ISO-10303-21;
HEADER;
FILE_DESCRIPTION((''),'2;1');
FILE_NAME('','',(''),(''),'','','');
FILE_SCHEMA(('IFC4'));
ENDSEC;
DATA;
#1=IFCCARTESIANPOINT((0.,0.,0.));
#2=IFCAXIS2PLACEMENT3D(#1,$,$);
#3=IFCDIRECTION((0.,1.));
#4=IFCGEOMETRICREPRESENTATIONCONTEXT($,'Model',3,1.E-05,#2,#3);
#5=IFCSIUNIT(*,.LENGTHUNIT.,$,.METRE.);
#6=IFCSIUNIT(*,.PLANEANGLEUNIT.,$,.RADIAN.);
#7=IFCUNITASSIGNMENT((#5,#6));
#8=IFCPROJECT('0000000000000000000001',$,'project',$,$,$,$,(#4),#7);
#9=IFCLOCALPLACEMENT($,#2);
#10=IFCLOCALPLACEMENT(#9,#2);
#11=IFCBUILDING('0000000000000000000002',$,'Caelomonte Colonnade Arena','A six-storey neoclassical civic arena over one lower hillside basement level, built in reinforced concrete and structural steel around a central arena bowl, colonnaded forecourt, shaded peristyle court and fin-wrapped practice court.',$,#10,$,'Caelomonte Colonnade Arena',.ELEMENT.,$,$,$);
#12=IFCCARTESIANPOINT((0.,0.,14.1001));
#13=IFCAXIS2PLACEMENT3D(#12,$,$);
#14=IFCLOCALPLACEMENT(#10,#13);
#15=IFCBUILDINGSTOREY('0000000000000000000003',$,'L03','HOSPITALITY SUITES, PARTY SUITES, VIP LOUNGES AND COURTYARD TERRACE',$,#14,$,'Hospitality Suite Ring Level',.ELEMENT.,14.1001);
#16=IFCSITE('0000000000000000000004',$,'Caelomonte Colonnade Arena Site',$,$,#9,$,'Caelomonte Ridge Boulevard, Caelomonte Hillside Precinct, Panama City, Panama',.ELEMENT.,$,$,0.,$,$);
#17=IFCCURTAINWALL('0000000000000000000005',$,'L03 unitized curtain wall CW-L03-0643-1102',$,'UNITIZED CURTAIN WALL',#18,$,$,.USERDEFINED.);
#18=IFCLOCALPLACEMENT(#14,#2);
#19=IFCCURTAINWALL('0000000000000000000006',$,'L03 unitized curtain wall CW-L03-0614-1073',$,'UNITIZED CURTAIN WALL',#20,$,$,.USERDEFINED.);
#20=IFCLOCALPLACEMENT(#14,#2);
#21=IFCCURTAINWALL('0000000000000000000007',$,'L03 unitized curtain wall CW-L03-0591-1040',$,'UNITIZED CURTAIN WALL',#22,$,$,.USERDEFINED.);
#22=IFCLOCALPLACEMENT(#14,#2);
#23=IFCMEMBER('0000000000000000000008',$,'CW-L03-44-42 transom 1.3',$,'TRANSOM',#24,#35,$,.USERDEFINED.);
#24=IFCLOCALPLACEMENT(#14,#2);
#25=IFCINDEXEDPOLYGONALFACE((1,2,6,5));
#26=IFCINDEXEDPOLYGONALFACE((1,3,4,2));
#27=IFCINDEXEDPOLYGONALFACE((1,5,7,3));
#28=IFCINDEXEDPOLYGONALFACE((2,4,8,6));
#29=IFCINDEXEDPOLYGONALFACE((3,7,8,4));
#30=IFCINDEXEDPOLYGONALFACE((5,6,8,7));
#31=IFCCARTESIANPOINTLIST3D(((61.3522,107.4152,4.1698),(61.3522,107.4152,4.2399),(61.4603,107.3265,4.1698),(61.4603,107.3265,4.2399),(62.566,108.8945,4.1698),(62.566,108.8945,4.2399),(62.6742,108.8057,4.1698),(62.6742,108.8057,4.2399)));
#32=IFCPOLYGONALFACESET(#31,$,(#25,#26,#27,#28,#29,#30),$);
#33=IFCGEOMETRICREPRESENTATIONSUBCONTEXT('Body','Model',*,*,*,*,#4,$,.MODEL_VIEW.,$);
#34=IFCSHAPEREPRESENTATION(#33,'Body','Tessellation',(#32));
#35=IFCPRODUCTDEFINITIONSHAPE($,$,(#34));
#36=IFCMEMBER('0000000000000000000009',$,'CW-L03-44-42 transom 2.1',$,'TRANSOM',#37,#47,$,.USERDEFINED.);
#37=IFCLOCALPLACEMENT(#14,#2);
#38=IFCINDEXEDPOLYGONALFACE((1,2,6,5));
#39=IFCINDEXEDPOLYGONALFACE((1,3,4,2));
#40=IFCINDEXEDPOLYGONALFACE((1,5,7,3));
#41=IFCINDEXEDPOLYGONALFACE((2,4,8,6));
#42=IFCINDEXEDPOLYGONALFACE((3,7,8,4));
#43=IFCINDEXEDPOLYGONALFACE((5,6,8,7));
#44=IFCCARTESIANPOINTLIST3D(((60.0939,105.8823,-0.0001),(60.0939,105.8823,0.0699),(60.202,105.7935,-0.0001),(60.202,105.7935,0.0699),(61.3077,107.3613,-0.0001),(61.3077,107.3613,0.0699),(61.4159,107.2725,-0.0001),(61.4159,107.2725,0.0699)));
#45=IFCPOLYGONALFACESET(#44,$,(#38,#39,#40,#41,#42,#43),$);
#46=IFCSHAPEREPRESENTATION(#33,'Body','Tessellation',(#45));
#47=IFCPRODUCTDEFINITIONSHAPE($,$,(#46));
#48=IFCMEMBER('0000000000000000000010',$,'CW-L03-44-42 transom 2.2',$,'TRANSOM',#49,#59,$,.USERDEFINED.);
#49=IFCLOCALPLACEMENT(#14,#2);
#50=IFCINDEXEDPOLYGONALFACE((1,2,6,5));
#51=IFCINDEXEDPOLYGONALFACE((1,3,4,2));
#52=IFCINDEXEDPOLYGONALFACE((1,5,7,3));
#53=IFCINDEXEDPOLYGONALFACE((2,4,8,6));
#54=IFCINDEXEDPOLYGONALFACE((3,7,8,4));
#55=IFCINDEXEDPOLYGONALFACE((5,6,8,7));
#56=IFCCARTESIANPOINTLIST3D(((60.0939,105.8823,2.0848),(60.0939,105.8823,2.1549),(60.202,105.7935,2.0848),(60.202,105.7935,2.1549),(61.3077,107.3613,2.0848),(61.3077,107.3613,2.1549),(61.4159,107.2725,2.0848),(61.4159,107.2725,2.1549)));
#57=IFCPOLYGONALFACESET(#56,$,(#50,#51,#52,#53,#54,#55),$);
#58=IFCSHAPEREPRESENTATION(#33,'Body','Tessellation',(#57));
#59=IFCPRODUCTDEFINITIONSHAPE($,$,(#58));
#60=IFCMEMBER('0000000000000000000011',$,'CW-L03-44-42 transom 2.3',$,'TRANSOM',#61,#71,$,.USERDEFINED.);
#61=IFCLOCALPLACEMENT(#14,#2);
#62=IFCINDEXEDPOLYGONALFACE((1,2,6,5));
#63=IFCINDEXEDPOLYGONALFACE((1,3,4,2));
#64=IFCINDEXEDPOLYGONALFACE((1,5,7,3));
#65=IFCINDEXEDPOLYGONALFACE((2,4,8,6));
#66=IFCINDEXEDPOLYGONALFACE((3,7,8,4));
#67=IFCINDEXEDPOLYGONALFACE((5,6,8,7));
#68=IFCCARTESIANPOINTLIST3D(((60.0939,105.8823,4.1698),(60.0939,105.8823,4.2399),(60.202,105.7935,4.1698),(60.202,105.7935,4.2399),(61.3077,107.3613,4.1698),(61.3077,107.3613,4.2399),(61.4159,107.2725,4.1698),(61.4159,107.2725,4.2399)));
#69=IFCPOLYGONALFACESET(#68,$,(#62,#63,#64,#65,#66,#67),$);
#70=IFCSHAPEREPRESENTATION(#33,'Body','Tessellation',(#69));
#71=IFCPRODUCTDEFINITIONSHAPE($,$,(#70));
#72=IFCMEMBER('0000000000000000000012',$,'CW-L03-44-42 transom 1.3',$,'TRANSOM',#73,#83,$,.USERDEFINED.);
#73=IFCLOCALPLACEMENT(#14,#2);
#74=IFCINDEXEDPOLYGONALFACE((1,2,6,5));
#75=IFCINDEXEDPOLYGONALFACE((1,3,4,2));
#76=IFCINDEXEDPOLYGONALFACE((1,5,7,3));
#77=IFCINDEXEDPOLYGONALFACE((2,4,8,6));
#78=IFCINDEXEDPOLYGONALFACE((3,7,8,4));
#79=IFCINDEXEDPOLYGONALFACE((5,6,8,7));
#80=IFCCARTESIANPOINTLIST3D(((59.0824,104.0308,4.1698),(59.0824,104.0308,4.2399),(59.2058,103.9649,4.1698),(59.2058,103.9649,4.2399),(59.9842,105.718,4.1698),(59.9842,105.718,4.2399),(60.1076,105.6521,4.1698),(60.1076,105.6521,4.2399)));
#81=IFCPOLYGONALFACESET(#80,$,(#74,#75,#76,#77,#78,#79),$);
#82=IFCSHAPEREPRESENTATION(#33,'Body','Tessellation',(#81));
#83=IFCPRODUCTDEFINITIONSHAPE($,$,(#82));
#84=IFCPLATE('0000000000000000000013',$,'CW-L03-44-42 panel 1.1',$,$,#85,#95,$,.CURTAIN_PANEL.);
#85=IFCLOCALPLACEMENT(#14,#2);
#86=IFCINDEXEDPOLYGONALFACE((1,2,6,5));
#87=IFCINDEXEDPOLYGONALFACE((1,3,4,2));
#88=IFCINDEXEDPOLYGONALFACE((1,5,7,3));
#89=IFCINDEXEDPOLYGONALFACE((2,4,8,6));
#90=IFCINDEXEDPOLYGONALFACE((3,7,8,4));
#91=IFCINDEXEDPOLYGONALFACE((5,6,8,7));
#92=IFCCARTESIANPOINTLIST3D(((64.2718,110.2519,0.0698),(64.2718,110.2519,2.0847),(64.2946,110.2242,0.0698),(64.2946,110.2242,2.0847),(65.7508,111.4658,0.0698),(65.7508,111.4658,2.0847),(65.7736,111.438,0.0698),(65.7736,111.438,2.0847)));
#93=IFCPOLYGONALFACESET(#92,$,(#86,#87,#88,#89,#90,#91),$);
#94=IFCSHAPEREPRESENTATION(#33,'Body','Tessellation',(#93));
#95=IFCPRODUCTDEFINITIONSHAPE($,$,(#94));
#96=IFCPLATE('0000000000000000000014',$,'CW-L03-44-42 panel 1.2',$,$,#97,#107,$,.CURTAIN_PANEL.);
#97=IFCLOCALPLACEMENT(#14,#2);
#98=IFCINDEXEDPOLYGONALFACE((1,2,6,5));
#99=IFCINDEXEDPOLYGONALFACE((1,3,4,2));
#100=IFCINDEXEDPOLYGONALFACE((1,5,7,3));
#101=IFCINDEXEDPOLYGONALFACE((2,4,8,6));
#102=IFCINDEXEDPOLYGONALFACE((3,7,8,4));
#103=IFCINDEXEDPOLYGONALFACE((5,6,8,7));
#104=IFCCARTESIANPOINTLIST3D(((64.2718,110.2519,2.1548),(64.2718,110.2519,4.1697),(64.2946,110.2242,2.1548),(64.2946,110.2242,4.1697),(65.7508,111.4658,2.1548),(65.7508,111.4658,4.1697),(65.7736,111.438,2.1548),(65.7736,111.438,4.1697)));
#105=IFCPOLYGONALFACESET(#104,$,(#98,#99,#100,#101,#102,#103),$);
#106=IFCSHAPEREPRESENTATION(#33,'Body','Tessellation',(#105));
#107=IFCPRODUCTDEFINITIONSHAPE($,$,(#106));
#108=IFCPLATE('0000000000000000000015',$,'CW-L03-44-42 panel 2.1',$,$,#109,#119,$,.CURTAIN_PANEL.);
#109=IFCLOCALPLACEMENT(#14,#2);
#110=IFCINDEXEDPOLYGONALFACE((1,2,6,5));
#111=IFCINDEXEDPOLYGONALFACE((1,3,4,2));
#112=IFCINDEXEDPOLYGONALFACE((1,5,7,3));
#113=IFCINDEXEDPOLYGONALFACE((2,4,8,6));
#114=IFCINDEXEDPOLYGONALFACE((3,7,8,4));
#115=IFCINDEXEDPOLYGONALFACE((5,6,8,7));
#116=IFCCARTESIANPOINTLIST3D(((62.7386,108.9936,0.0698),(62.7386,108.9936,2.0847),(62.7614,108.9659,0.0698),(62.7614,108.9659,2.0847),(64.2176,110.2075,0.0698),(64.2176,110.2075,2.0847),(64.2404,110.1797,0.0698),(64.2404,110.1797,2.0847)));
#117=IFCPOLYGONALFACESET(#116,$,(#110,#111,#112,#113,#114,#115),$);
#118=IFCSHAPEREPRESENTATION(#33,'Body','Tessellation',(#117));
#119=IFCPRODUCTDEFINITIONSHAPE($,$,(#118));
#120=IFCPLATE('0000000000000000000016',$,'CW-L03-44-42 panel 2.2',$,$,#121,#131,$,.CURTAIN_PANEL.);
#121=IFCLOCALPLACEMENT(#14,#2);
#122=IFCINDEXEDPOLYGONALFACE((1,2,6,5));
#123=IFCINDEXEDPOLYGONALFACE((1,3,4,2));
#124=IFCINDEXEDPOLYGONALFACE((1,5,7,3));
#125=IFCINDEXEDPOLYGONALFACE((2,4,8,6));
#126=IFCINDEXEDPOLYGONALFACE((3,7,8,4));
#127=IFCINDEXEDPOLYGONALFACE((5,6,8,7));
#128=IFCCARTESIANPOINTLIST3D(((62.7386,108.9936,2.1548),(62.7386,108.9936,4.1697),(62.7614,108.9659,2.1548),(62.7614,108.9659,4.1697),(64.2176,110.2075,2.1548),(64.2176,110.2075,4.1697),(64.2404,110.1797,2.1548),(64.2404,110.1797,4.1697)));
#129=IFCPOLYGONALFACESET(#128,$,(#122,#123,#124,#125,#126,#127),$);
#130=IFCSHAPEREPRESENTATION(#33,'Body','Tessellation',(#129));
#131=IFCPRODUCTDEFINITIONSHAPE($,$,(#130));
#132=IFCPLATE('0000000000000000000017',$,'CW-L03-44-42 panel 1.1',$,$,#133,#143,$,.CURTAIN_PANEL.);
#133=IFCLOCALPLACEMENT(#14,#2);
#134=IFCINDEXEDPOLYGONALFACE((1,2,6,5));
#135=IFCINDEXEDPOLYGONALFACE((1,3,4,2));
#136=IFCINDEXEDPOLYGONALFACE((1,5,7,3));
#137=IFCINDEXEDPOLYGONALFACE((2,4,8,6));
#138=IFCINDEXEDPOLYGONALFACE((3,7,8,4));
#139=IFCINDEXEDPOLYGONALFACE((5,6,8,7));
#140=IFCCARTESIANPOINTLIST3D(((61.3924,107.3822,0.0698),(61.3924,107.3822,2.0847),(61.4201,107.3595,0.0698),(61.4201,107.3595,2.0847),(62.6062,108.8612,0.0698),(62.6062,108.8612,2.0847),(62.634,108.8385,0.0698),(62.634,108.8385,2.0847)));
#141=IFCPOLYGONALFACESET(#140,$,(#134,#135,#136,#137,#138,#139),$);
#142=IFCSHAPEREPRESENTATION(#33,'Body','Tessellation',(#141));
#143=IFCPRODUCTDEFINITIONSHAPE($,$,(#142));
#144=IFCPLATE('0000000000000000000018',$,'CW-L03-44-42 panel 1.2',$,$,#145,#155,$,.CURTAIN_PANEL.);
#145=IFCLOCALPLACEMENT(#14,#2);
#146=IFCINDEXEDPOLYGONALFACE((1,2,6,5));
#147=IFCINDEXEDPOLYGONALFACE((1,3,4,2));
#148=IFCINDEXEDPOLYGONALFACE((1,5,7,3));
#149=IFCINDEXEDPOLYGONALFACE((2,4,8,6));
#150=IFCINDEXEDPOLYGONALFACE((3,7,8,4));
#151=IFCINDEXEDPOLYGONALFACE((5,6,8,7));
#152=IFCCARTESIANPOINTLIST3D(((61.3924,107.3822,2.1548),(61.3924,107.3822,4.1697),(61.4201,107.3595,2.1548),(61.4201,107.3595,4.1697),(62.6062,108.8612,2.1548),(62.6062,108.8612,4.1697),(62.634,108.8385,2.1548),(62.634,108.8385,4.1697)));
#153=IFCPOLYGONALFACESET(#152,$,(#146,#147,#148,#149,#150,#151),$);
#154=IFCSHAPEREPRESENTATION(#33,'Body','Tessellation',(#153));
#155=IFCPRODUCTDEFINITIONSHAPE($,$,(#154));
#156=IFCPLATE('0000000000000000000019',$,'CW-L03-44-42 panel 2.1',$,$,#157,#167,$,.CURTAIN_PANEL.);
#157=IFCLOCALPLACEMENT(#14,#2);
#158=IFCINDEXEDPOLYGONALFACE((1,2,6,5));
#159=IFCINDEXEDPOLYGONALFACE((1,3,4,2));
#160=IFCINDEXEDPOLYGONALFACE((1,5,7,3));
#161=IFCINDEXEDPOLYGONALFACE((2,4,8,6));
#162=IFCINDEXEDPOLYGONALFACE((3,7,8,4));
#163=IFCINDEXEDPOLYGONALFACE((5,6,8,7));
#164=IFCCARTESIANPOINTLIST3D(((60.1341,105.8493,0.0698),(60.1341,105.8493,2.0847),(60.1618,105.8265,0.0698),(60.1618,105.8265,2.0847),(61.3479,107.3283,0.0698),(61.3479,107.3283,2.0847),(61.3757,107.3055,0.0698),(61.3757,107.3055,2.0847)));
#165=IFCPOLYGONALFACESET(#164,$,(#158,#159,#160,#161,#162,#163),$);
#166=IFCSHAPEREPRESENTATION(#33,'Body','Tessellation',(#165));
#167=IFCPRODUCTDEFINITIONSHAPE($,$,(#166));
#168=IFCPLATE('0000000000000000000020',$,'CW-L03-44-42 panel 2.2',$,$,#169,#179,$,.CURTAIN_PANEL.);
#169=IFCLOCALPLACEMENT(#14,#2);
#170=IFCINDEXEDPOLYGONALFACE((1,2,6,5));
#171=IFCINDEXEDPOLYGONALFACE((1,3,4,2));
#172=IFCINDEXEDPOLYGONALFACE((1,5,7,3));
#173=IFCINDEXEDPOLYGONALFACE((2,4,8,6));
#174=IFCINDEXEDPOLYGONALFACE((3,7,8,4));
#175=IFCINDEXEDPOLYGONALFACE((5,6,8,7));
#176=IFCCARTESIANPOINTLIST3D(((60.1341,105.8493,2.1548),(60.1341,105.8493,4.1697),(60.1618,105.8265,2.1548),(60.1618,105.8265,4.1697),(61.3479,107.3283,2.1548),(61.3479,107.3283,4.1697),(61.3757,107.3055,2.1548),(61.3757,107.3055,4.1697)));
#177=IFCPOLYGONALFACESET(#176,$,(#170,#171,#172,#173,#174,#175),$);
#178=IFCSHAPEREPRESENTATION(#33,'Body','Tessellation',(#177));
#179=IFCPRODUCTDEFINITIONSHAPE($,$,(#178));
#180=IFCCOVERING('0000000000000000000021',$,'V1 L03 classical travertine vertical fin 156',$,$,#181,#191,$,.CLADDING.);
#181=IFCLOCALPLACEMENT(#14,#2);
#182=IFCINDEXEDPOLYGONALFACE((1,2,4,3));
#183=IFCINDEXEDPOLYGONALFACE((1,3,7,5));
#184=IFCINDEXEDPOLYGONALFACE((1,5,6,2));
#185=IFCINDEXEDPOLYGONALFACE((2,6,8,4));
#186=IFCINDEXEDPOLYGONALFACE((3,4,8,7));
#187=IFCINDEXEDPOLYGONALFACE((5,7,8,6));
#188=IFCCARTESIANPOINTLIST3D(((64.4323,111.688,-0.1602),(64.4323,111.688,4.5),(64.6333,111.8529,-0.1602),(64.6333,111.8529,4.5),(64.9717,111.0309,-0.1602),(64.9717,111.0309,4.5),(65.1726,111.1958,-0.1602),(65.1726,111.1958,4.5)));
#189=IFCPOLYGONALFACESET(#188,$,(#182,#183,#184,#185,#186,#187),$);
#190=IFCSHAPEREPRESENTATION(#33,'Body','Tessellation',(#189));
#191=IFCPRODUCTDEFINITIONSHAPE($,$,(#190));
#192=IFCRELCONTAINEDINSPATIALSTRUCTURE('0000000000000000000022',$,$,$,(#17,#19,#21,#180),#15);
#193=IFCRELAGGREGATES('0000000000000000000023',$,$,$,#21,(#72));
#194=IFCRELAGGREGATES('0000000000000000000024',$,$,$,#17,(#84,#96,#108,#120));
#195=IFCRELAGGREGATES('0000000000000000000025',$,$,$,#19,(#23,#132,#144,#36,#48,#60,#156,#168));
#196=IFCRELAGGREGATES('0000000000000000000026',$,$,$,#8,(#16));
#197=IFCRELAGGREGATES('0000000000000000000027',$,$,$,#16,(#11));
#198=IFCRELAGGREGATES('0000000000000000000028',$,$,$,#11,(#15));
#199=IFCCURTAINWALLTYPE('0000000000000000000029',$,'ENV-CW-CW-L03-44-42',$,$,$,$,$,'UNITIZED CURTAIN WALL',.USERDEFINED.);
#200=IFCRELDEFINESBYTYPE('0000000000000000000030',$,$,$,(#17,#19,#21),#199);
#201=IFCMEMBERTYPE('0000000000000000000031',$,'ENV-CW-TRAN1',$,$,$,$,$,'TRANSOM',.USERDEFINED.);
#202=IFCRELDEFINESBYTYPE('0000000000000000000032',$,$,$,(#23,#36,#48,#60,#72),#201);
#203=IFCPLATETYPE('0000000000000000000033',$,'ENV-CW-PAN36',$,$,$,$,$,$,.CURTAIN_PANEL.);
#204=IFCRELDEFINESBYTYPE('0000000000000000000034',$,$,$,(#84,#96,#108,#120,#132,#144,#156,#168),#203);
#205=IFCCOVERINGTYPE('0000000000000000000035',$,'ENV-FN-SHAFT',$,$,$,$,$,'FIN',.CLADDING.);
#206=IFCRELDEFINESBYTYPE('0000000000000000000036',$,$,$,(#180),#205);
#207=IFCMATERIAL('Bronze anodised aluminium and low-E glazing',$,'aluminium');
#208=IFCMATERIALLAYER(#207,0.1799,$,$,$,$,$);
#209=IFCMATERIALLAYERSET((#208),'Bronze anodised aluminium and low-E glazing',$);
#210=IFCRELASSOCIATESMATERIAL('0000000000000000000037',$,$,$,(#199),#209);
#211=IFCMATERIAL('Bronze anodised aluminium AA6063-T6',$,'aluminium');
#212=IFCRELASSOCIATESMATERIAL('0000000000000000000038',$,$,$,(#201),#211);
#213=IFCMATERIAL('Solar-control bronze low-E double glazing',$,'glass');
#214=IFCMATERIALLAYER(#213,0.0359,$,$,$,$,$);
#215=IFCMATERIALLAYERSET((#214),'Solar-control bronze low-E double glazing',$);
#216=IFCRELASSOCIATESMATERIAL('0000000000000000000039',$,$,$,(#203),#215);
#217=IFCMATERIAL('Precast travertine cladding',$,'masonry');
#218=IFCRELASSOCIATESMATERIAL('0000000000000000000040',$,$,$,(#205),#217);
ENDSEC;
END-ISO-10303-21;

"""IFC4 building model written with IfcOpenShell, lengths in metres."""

from ifc_helpers import new_model, si_unit, direction, frame, origin, origin_2d, place, context, subcontext, project, spatial, rectangle, extrude, material, layer, layer_set, material_profile, profile_set, type_object, element, aggregate, save


model = new_model("IFC4")

# Units and contexts
model_context = context("Model", 3, precision=1e-05, world=origin(), true_north=direction((0.0, 1.0)))
body_context = subcontext(model_context, "Body", "Model", "MODEL_VIEW")
ifc_project = project(units=[si_unit("LENGTHUNIT", "METRE"), si_unit("PLANEANGLEUNIT", "RADIAN")], contexts=[model_context])

# Site, building, storey
site_placement = place(None, origin())
site = spatial("IfcSite", under=ifc_project, at=site_placement, Name="Caelomonte Colonnade Arena Site", LongName="Caelomonte Ridge Boulevard, Caelomonte Hillside Precinct, Panama City, Panama", CompositionType="ELEMENT", RefElevation=0.0)
building_placement = place(site_placement, origin())
building = spatial("IfcBuilding", under=site, at=building_placement, Name="Caelomonte Colonnade Arena", Description="A six-storey neoclassical civic arena over one lower hillside basement level, built in reinforced concrete and structural steel around a central arena bowl, colonnaded forecourt, shaded peristyle court and fin-wrapped practice court.", LongName="Caelomonte Colonnade Arena", CompositionType="ELEMENT")
storey_placement = place(building_placement, frame((0.0, 0.0, 14.1001)))
storey = spatial("IfcBuildingStorey", under=building, at=storey_placement, Name="L03", Description="HOSPITALITY SUITES, PARTY SUITES, VIP LOUNGES AND COURTYARD TERRACE", LongName="Hospitality Suite Ring Level", CompositionType="ELEMENT", Elevation=14.1001)

# Curtain walls
ifc_material_1 = material(Name="Bronze anodised aluminium and low-E glazing", Category="aluminium")
ifc_layer_1 = layer(ifc_material_1, 0.1799)
ifc_layer_set_1 = layer_set([ifc_layer_1], Name="Bronze anodised aluminium and low-E glazing")
curtain_wall_type = type_object("IfcCurtainWallType", Name="ENV-CW-CW-L03-44-42", ElementType="UNITIZED CURTAIN WALL", PredefinedType="USERDEFINED", material=ifc_layer_set_1)
curtain_wall_1_placement = place(storey_placement, origin())
curtain_wall_1 = element("IfcCurtainWall", 1, at=curtain_wall_1_placement, inside=storey, type_object=curtain_wall_type, Name="L03 unitized curtain wall CW-L03-0643-1102", ObjectType="UNITIZED CURTAIN WALL", PredefinedType="USERDEFINED")
ifc_material_2 = material(Name="Bronze anodised aluminium AA6063-T6", Category="aluminium")
curtain_wall_2_placement = place(storey_placement, origin())
curtain_wall_2 = element("IfcCurtainWall", 2, at=curtain_wall_2_placement, inside=storey, type_object=curtain_wall_type, Name="L03 unitized curtain wall CW-L03-0614-1073", ObjectType="UNITIZED CURTAIN WALL", PredefinedType="USERDEFINED")

# Curtain wall
curtain_wall_3_placement = place(storey_placement, origin())
curtain_wall_3 = element("IfcCurtainWall", 3, at=curtain_wall_3_placement, inside=storey, type_object=curtain_wall_type, Name="L03 unitized curtain wall CW-L03-0591-1040", ObjectType="UNITIZED CURTAIN WALL", PredefinedType="USERDEFINED")

# Members
ifc_material_profile_1 = material_profile(ifc_material_2, rectangle(XDim=0.0701, YDim=0.1399, at=origin_2d()), Name="CWT-70X140")
ifc_profile_set_1 = profile_set([ifc_material_profile_1], Name="Bronze anodised aluminium AA6063-T6")
member_type_1 = type_object("IfcMemberType", Name="ENV-CW-TRAN1", ElementType="TRANSOM", PredefinedType="USERDEFINED", material=ifc_profile_set_1)
member_1_placement = place(storey_placement, frame((62.6201, 108.8501, 4.2048), z_axis=(-0.634356, -0.773041, 0.0), x_axis=(0.0, 0.0, 1.0)))
member_1 = element("IfcMember", 4, at=member_1_placement, type_object=member_type_1, Name="CW-L03-44-42 transom 1.3", ObjectType="TRANSOM", PredefinedType="USERDEFINED", context=body_context, shape_type="SweptSolid", body=[
    extrude(rectangle(XDim=0.0701, YDim=0.1399, at=origin_2d()), origin(), (0.0, 0.0, 1.0), 1.9136),
])
member_2_placement = place(storey_placement, frame((61.3618, 107.3169, 0.0349), z_axis=(-0.634418, -0.77299, 0.0), x_axis=(0.0, 0.0, 1.0)))
member_2 = element("IfcMember", 5, at=member_2_placement, type_object=member_type_1, Name="CW-L03-44-42 transom 2.1", ObjectType="TRANSOM", PredefinedType="USERDEFINED", context=body_context, shape_type="SweptSolid", body=[
    extrude(rectangle(XDim=0.0701, YDim=0.1399, at=origin_2d()), origin(), (0.0, 0.0, 1.0), 1.9133),
])
member_3_placement = place(storey_placement, frame((61.3618, 107.3169, 2.1199), z_axis=(-0.634418, -0.77299, 0.0), x_axis=(0.0, 0.0, 1.0)))
member_3 = element("IfcMember", 6, at=member_3_placement, type_object=member_type_1, Name="CW-L03-44-42 transom 2.2", ObjectType="TRANSOM", PredefinedType="USERDEFINED", context=body_context, shape_type="SweptSolid", body=[
    extrude(rectangle(XDim=0.0701, YDim=0.1399, at=origin_2d()), origin(), (0.0, 0.0, 1.0), 1.9133),
])
member_4_placement = place(storey_placement, frame((61.3618, 107.3169, 4.2048), z_axis=(-0.634418, -0.77299, 0.0), x_axis=(0.0, 0.0, 1.0)))
member_4 = element("IfcMember", 7, at=member_4_placement, type_object=member_type_1, Name="CW-L03-44-42 transom 2.3", ObjectType="TRANSOM", PredefinedType="USERDEFINED", context=body_context, shape_type="SweptSolid", body=[
    extrude(rectangle(XDim=0.0701, YDim=0.1399, at=origin_2d()), origin(), (0.0, 0.0, 1.0), 1.9133),
])
member_5_placement = place(storey_placement, frame((60.0459, 105.6851, 4.2048), z_axis=(-0.471396, -0.881922, 0.0), x_axis=(0.0, 0.0, 1.0)))
member_5 = element("IfcMember", 8, at=member_5_placement, type_object=member_type_1, Name="CW-L03-44-42 transom 1.3", ObjectType="TRANSOM", PredefinedType="USERDEFINED", context=body_context, shape_type="SweptSolid", body=[
    extrude(rectangle(XDim=0.0701, YDim=0.1399, at=origin_2d()), origin(), (0.0, 0.0, 1.0), 1.9131),
])
aggregate(curtain_wall_3, [member_5])

# Plates
ifc_material_3 = material(Name="Solar-control bronze low-E double glazing", Category="glass")
ifc_layer_2 = layer(ifc_material_3, 0.0359)
ifc_layer_set_2 = layer_set([ifc_layer_2], Name="Solar-control bronze low-E double glazing")
plate_type = type_object("IfcPlateType", Name="ENV-CW-PAN36", PredefinedType="CURTAIN_PANEL", material=ifc_layer_set_2)
plate_1_placement = place(storey_placement, frame((65.0227, 110.845, 0.0698), z_axis=(0.0, 0.0, 1.0), x_axis=(-0.772992, -0.634416, 0.0)))
plate_1 = element("IfcPlate", 9, at=plate_1_placement, type_object=plate_type, Name="CW-L03-44-42 panel 1.1", PredefinedType="CURTAIN_PANEL", context=body_context, shape_type="SweptSolid", body=[
    extrude(rectangle(XDim=1.9133, YDim=0.0359, at=origin_2d()), origin(), (0.0, 0.0, 1.0), 2.0149),
])
plate_2_placement = place(storey_placement, frame((65.0227, 110.845, 2.1548), z_axis=(0.0, 0.0, 1.0), x_axis=(-0.772992, -0.634416, 0.0)))
plate_2 = element("IfcPlate", 10, at=plate_2_placement, type_object=plate_type, Name="CW-L03-44-42 panel 1.2", PredefinedType="CURTAIN_PANEL", context=body_context, shape_type="SweptSolid", body=[
    extrude(rectangle(XDim=1.9133, YDim=0.0359, at=origin_2d()), origin(), (0.0, 0.0, 1.0), 2.0149),
])
plate_3_placement = place(storey_placement, frame((63.4895, 109.5867, 0.0698), z_axis=(0.0, 0.0, 1.0), x_axis=(-0.772992, -0.634416, 0.0)))
plate_3 = element("IfcPlate", 11, at=plate_3_placement, type_object=plate_type, Name="CW-L03-44-42 panel 2.1", PredefinedType="CURTAIN_PANEL", context=body_context, shape_type="SweptSolid", body=[
    extrude(rectangle(XDim=1.9133, YDim=0.0359, at=origin_2d()), origin(), (0.0, 0.0, 1.0), 2.0149),
])
plate_4_placement = place(storey_placement, frame((63.4895, 109.5867, 2.1548), z_axis=(0.0, 0.0, 1.0), x_axis=(-0.772992, -0.634416, 0.0)))
plate_4 = element("IfcPlate", 12, at=plate_4_placement, type_object=plate_type, Name="CW-L03-44-42 panel 2.2", PredefinedType="CURTAIN_PANEL", context=body_context, shape_type="SweptSolid", body=[
    extrude(rectangle(XDim=1.9133, YDim=0.0359, at=origin_2d()), origin(), (0.0, 0.0, 1.0), 2.0149),
])
aggregate(curtain_wall_1, [plate_1, plate_2, plate_3, plate_4])
plate_5_placement = place(storey_placement, frame((62.0132, 108.1104, 0.0698), z_axis=(0.0, 0.0, 1.0), x_axis=(-0.634416, -0.772992, 0.0)))
plate_5 = element("IfcPlate", 13, at=plate_5_placement, type_object=plate_type, Name="CW-L03-44-42 panel 1.1", PredefinedType="CURTAIN_PANEL", context=body_context, shape_type="SweptSolid", body=[
    extrude(rectangle(XDim=1.9133, YDim=0.0359, at=origin_2d()), origin(), (0.0, 0.0, 1.0), 2.0149),
])
plate_6_placement = place(storey_placement, frame((62.0132, 108.1104, 2.1548), z_axis=(0.0, 0.0, 1.0), x_axis=(-0.634416, -0.772992, 0.0)))
plate_6 = element("IfcPlate", 14, at=plate_6_placement, type_object=plate_type, Name="CW-L03-44-42 panel 1.2", PredefinedType="CURTAIN_PANEL", context=body_context, shape_type="SweptSolid", body=[
    extrude(rectangle(XDim=1.9133, YDim=0.0359, at=origin_2d()), origin(), (0.0, 0.0, 1.0), 2.0149),
])
plate_7_placement = place(storey_placement, frame((60.7549, 106.5774, 0.0698), z_axis=(0.0, 0.0, 1.0), x_axis=(-0.634416, -0.772992, 0.0)))
plate_7 = element("IfcPlate", 15, at=plate_7_placement, type_object=plate_type, Name="CW-L03-44-42 panel 2.1", PredefinedType="CURTAIN_PANEL", context=body_context, shape_type="SweptSolid", body=[
    extrude(rectangle(XDim=1.9133, YDim=0.0359, at=origin_2d()), origin(), (0.0, 0.0, 1.0), 2.0149),
])
plate_8_placement = place(storey_placement, frame((60.7549, 106.5774, 2.1548), z_axis=(0.0, 0.0, 1.0), x_axis=(-0.634416, -0.772992, 0.0)))
plate_8 = element("IfcPlate", 16, at=plate_8_placement, type_object=plate_type, Name="CW-L03-44-42 panel 2.2", PredefinedType="CURTAIN_PANEL", context=body_context, shape_type="SweptSolid", body=[
    extrude(rectangle(XDim=1.9133, YDim=0.0359, at=origin_2d()), origin(), (0.0, 0.0, 1.0), 2.0149),
])
aggregate(curtain_wall_2, [member_1, plate_5, plate_6, member_2, member_3, member_4, plate_7, plate_8])

# Covering
ifc_material_4 = material(Name="Precast travertine cladding", Category="masonry")
ifc_material_profile_2 = material_profile(ifc_material_4, rectangle(XDim=0.26, YDim=0.8501, at=origin_2d()), Name="FIN260X850")
ifc_profile_set_2 = profile_set([ifc_material_profile_2], Name="Precast travertine cladding")
covering_type = type_object("IfcCoveringType", Name="ENV-FN-SHAFT", ElementType="FIN", PredefinedType="CLADDING", material=ifc_profile_set_2)
for number, where, z_axis, x_axis, name in (
    (17, (64.8025, 111.4419, -0.1602), (0.0, 0.0, 1.0), (0.772994, 0.634414, 0.0), "V1 L03 classical travertine vertical fin 156"),
):
    element("IfcCovering", number, at=place(storey_placement, frame(where, z_axis=z_axis, x_axis=x_axis)), inside=storey, type_object=covering_type, Name=name, PredefinedType="CLADDING", context=body_context, shape_type="SweptSolid", body=[
        extrude(rectangle(XDim=0.26, YDim=0.8501, at=origin_2d()), origin(), (0.0, 0.0, 1.0), 4.6602),
    ])

save(model, "model.ifc")
